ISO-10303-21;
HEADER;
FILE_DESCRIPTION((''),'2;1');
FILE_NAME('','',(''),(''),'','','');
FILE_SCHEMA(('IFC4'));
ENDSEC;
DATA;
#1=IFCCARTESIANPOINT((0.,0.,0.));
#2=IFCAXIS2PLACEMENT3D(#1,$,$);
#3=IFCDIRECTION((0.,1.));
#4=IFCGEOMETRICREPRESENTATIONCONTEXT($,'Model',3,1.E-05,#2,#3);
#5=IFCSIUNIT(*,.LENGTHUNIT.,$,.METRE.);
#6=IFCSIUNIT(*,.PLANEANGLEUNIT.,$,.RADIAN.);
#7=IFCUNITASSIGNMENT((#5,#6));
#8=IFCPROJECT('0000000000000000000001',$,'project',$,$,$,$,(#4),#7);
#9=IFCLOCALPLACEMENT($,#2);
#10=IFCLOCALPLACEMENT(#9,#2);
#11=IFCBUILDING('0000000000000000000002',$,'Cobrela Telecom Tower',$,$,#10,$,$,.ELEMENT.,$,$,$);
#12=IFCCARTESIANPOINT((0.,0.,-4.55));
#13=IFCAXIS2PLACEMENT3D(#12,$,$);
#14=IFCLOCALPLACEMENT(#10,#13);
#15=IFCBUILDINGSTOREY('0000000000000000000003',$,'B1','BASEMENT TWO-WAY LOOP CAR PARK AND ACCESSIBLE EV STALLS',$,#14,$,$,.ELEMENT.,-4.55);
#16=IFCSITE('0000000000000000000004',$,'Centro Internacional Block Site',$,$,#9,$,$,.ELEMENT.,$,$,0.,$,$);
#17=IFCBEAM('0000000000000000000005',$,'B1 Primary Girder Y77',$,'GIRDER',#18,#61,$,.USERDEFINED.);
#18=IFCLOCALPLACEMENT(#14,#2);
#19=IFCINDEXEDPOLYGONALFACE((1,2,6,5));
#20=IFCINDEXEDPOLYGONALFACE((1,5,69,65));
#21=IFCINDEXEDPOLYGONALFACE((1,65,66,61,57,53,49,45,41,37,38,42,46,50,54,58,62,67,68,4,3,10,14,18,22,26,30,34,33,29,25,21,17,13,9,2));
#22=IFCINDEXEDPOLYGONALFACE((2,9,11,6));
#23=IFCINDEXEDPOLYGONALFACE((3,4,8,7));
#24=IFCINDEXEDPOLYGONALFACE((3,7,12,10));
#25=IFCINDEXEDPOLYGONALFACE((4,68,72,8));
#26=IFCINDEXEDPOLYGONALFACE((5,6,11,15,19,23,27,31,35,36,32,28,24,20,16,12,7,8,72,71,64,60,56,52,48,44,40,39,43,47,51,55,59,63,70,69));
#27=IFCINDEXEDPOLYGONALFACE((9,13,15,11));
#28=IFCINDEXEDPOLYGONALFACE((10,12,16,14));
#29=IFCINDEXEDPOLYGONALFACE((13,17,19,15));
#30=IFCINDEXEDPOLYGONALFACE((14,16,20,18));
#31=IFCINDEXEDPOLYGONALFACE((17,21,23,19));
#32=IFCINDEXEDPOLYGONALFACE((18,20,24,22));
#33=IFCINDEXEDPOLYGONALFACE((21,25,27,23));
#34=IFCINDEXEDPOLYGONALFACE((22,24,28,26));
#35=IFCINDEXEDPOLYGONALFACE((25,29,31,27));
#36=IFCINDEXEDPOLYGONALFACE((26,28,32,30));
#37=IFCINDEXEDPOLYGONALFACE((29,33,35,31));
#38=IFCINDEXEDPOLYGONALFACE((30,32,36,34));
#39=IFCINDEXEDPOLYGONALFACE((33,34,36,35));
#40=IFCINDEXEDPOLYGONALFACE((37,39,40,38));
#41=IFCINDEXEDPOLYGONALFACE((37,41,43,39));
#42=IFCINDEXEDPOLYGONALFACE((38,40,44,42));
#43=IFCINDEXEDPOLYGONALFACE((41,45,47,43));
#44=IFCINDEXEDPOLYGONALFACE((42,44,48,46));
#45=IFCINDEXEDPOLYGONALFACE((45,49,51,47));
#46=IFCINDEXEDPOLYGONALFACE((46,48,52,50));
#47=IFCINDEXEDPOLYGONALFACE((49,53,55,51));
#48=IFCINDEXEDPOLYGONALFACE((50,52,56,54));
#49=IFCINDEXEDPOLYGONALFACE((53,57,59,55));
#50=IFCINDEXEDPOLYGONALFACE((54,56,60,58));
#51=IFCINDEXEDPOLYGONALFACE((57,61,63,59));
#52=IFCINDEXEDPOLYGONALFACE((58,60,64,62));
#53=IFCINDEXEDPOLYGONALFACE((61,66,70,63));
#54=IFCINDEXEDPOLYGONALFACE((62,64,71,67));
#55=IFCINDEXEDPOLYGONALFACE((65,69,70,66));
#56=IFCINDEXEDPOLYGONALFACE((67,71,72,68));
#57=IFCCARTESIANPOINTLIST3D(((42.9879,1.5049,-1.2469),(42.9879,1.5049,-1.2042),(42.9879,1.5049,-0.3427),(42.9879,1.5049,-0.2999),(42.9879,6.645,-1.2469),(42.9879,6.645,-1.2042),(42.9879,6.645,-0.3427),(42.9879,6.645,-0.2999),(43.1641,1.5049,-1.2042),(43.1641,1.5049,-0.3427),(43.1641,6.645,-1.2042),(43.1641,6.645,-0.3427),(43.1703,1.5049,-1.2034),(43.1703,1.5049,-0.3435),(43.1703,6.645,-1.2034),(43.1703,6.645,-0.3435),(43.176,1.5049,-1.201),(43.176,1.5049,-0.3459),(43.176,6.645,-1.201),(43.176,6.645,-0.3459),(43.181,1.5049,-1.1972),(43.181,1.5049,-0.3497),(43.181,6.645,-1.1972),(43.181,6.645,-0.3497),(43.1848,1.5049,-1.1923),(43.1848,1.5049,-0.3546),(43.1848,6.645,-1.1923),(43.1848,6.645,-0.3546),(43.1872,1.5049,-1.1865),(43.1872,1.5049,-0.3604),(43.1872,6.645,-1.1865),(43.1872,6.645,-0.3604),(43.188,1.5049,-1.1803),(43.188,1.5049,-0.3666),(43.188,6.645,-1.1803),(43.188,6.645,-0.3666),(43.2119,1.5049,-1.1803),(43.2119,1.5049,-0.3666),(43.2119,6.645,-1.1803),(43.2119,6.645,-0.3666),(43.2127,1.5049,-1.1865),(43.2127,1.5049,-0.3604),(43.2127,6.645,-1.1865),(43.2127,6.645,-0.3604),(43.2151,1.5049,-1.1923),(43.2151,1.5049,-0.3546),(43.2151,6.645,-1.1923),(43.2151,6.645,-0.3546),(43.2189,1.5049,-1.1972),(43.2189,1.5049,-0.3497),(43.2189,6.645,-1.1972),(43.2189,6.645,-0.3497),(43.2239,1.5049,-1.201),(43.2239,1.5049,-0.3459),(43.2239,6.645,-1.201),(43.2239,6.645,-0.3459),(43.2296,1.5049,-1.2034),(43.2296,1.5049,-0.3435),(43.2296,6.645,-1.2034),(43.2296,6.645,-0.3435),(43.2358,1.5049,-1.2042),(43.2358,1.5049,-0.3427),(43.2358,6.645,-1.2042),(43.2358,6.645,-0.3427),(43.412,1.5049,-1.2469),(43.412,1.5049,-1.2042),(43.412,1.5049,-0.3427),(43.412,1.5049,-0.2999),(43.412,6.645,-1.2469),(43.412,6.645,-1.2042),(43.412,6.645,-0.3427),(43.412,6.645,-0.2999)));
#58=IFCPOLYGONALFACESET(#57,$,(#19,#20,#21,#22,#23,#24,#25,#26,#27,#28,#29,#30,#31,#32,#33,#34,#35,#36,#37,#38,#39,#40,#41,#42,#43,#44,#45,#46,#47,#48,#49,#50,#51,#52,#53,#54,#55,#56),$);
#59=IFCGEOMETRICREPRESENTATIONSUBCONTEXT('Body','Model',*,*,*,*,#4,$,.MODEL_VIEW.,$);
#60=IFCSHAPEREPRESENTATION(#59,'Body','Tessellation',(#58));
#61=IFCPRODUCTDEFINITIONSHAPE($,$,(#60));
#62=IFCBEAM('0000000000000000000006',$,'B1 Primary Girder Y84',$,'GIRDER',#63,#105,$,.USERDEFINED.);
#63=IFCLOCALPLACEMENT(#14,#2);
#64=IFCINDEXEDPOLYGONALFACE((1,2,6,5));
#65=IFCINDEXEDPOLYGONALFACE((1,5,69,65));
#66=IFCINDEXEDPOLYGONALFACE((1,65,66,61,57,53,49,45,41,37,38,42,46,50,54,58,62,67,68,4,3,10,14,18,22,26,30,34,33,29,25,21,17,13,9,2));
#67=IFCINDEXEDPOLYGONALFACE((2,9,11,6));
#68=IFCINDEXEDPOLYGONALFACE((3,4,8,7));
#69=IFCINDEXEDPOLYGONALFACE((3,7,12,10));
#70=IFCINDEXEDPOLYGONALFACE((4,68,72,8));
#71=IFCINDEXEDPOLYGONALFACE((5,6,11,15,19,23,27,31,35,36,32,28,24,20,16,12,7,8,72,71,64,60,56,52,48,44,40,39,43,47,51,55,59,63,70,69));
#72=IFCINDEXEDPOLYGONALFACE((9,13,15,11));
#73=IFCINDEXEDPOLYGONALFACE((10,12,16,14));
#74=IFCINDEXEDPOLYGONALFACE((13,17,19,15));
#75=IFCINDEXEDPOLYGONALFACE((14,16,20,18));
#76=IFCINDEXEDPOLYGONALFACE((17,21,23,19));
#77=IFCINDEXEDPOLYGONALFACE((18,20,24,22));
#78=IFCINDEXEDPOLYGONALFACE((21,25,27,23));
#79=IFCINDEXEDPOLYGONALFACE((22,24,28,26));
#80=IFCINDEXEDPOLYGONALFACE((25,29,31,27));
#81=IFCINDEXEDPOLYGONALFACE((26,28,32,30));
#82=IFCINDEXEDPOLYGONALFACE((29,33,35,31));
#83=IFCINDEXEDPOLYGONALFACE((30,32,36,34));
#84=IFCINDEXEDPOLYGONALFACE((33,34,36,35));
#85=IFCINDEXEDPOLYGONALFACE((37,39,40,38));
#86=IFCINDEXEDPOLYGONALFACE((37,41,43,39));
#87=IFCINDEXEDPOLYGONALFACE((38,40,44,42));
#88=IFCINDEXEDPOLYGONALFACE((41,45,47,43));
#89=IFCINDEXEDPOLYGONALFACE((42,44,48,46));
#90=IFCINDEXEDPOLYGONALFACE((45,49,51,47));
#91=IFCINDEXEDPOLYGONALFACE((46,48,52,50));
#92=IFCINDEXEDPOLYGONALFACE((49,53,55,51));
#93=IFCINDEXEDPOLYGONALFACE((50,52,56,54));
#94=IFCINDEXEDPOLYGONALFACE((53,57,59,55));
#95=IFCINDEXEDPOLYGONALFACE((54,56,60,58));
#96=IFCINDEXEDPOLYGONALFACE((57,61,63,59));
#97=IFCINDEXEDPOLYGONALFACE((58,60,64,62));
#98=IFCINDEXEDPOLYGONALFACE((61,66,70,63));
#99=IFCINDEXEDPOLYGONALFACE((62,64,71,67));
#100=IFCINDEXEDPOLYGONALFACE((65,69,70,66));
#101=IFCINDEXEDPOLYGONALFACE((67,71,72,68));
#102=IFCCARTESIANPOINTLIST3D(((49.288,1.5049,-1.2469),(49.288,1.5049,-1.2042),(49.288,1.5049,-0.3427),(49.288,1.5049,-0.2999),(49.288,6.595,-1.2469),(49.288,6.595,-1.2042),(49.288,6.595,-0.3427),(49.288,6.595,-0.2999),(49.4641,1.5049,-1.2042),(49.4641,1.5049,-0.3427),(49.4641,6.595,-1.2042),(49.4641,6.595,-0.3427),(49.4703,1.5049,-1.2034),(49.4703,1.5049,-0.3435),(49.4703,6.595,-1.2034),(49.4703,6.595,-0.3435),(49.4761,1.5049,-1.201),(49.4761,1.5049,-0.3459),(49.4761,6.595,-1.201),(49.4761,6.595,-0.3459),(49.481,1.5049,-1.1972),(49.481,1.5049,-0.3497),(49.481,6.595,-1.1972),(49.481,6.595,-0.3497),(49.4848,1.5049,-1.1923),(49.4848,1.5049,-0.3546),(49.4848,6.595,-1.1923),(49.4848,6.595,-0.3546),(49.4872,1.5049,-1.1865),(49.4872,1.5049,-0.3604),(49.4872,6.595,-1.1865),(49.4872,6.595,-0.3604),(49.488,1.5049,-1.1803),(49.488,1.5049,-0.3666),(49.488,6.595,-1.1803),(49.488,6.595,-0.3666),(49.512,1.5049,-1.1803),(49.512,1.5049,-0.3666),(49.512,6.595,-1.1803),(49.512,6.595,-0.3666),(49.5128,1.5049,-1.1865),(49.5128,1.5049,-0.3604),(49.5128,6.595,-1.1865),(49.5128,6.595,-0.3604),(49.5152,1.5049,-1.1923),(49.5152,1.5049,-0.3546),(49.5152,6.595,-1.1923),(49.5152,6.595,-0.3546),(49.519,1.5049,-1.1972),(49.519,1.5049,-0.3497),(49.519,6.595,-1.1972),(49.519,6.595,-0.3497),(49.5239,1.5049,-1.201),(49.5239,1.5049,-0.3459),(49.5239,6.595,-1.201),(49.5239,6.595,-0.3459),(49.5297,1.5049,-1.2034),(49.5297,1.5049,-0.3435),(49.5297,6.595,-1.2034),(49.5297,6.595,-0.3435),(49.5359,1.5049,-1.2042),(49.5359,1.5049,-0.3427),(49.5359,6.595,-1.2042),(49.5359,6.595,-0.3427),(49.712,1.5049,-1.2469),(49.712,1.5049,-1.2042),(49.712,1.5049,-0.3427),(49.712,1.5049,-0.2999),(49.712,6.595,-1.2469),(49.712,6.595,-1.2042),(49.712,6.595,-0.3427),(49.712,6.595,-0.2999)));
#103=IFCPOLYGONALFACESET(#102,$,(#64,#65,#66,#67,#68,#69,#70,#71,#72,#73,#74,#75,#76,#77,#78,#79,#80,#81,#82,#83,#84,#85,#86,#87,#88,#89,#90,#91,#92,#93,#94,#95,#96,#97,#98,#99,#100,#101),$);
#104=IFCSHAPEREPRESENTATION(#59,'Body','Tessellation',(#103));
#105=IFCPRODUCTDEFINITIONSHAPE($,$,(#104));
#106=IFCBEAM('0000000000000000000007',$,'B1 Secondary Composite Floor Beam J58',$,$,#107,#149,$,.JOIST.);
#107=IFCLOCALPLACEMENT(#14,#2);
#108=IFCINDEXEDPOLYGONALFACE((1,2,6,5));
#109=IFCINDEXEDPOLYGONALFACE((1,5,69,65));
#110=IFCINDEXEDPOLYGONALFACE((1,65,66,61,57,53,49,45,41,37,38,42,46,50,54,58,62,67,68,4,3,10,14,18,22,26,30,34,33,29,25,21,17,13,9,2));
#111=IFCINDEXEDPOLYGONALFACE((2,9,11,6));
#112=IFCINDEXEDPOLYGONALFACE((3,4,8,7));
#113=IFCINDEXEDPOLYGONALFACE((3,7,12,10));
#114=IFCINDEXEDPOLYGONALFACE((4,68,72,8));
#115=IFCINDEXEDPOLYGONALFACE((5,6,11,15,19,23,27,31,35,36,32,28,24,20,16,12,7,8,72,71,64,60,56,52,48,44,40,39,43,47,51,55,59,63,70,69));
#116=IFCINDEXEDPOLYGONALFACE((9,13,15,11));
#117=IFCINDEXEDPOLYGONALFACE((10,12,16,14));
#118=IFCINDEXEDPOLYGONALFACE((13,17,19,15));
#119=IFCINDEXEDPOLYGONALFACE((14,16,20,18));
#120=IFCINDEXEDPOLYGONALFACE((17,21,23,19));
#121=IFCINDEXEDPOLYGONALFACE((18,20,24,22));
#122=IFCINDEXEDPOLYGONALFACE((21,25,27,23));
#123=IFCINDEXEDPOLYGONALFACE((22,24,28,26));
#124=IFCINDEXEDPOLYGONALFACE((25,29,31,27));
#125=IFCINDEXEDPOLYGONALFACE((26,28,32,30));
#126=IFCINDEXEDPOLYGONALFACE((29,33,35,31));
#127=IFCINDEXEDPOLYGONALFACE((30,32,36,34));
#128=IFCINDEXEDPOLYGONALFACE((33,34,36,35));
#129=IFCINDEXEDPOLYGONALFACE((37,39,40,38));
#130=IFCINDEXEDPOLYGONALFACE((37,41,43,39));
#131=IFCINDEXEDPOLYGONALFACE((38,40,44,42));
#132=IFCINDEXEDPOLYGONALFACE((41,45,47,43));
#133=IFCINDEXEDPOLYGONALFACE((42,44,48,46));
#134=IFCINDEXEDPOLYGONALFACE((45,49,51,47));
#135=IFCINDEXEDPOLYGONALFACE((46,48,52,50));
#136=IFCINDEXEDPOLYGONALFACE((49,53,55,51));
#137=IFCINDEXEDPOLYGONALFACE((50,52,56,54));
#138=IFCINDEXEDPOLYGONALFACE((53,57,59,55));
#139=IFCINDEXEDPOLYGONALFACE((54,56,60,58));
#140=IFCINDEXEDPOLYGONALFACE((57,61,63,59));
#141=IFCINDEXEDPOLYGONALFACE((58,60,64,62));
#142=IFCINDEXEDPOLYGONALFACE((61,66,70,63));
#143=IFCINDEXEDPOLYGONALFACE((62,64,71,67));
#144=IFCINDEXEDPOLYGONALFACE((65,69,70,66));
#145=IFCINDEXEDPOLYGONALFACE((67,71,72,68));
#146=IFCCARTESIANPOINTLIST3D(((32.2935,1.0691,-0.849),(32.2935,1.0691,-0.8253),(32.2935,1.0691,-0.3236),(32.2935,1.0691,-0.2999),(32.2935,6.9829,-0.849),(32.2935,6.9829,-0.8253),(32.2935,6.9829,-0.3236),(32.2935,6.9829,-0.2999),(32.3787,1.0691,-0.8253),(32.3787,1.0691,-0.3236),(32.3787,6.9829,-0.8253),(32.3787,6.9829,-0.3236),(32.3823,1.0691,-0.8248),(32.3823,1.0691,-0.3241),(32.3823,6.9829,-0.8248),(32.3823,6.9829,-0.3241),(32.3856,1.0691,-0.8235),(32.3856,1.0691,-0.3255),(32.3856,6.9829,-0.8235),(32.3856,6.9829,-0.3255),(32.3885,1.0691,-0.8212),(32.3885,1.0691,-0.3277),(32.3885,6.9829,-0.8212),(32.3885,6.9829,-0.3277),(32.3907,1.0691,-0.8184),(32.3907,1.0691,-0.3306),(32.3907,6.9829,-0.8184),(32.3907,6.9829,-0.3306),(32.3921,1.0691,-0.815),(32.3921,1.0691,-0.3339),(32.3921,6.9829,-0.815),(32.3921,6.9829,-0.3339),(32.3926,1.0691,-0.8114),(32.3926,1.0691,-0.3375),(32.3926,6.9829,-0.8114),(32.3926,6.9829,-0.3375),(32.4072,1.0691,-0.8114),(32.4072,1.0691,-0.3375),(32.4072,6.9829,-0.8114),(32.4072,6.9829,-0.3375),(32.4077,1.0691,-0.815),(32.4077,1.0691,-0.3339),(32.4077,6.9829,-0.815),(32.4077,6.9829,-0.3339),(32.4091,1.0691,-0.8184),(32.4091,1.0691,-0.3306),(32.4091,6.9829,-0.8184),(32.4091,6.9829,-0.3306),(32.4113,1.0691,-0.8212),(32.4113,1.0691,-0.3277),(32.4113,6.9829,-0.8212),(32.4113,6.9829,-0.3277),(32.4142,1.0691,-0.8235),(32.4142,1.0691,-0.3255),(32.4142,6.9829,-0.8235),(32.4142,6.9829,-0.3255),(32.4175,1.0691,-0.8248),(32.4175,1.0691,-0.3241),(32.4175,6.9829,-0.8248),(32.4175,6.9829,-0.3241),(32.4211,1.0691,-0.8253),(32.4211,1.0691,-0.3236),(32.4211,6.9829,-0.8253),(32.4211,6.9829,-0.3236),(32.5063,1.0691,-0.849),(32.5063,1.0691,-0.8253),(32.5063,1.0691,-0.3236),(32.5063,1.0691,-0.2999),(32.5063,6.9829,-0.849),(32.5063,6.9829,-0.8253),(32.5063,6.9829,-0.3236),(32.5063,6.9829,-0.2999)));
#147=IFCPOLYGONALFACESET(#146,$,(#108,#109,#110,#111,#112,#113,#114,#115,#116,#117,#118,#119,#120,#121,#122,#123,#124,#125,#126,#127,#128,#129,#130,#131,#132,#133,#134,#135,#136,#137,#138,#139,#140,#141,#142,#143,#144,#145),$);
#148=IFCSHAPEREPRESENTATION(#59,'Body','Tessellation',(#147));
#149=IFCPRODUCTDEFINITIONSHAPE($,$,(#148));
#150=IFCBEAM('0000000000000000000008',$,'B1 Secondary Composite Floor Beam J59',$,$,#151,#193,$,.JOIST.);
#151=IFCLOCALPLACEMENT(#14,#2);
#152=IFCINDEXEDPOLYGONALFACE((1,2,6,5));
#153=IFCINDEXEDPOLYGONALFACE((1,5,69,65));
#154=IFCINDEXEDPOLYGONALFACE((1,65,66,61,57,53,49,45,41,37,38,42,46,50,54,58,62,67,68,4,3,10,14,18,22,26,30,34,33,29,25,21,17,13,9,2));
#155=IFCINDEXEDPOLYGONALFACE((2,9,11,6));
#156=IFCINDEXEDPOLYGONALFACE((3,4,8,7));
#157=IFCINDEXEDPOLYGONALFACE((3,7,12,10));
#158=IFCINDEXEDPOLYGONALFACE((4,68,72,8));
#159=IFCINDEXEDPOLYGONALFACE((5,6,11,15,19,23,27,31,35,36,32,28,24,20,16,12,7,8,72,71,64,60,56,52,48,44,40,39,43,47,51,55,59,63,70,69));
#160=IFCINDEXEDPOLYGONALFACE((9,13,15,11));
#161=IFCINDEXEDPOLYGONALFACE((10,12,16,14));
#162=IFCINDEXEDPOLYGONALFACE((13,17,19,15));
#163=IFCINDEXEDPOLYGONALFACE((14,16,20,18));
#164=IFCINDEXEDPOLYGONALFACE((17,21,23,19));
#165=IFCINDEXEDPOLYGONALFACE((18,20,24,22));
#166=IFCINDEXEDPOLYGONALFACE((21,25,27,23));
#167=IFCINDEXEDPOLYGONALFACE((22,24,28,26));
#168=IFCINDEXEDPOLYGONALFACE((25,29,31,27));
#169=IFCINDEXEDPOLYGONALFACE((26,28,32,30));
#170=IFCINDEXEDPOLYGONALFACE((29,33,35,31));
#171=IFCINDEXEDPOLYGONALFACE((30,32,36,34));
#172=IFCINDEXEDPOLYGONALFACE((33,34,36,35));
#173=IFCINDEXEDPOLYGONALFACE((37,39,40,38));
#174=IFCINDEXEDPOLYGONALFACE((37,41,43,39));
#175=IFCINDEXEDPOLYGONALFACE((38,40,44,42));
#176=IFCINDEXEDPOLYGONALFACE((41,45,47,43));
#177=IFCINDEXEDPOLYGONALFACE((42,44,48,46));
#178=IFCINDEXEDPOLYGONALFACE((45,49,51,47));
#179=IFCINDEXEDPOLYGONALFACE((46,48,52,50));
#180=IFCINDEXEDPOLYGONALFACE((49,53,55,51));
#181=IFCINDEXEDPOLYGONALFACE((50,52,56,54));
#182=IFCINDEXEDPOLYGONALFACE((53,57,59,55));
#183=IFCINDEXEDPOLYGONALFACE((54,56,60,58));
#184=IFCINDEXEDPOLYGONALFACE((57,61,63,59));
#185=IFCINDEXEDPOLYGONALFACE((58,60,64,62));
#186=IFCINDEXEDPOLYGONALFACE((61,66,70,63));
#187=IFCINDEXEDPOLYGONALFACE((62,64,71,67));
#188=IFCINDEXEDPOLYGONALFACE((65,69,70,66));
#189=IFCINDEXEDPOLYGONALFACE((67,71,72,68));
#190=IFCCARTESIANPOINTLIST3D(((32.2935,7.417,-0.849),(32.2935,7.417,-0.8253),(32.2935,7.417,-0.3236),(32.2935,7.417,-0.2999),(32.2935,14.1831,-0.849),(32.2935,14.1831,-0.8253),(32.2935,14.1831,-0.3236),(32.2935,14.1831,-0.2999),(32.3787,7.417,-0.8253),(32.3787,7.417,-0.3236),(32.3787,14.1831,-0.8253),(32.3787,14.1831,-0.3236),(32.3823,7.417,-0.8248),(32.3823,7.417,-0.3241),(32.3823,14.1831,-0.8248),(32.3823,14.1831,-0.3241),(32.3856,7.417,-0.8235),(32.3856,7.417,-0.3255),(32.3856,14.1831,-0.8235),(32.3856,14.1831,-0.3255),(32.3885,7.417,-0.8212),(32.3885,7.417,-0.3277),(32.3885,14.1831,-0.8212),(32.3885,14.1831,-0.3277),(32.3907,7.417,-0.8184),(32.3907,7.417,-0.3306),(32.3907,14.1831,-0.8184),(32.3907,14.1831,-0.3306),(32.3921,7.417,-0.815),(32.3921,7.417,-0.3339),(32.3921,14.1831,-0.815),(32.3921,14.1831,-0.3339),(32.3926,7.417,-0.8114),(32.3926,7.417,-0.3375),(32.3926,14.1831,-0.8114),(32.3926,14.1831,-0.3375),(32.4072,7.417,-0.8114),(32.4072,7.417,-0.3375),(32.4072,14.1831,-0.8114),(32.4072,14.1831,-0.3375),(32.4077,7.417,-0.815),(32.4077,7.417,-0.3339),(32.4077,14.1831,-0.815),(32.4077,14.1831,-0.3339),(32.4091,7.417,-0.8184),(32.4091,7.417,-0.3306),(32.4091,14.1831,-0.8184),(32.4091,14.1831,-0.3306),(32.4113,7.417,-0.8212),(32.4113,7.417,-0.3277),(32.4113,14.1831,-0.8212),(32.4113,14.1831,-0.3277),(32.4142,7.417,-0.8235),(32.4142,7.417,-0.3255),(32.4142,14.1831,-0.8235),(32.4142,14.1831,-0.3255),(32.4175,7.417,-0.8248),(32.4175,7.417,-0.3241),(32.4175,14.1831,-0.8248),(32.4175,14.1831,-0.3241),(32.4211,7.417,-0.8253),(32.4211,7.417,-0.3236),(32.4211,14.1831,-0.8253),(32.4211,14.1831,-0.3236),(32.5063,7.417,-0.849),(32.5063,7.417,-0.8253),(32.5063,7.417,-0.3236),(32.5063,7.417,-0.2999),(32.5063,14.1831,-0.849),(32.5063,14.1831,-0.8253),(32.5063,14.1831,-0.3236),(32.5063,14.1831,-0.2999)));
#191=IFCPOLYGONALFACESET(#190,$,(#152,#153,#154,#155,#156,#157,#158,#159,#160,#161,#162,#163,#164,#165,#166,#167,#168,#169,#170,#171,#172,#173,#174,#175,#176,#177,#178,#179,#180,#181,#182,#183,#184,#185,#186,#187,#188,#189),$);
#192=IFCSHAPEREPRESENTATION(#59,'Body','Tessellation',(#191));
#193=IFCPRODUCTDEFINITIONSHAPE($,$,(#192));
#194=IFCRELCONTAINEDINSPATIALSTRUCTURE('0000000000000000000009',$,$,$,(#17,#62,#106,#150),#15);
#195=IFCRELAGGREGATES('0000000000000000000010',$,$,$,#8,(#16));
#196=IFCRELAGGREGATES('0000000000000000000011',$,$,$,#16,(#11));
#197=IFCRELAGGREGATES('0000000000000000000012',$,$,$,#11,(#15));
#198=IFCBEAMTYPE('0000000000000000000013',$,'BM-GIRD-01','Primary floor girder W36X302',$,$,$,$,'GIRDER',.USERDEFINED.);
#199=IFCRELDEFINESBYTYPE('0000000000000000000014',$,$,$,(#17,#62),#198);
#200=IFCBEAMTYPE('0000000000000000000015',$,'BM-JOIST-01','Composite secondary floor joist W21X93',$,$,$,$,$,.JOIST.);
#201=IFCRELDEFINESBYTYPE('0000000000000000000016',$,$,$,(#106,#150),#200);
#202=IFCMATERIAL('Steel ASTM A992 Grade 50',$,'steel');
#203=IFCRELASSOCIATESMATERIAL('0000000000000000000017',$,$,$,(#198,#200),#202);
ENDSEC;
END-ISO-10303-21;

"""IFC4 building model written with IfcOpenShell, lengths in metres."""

from ifc_helpers import new_model, si_unit, direction, frame, origin, origin_2d, place, context, subcontext, project, spatial, i_section, extrude, material, material_profile, profile_set, type_object, element, save


model = new_model("IFC4")

# Units and contexts
model_context = context("Model", 3, precision=1e-05, world=origin(), true_north=direction((0.0, 1.0)))
body_context = subcontext(model_context, "Body", "Model", "MODEL_VIEW")
ifc_project = project(units=[si_unit("LENGTHUNIT", "METRE"), si_unit("PLANEANGLEUNIT", "RADIAN")], contexts=[model_context])

# Site, building, storey
site_placement = place(None, origin())
site = spatial("IfcSite", under=ifc_project, at=site_placement, Name="Centro Internacional Block Site", CompositionType="ELEMENT", RefElevation=0.0)
building_placement = place(site_placement, origin())
building = spatial("IfcBuilding", under=site, at=building_placement, Name="Cobrela Telecom Tower", CompositionType="ELEMENT")
storey_placement = place(building_placement, frame((0.0, 0.0, -4.55)))
storey = spatial("IfcBuildingStorey", under=building, at=storey_placement, Name="B1", Description="BASEMENT TWO-WAY LOOP CAR PARK AND ACCESSIBLE EV STALLS", CompositionType="ELEMENT", Elevation=-4.55)

# Beams
ifc_material_1 = material(Name="Steel ASTM A992 Grade 50", Category="steel")
ifc_material_profile_1 = material_profile(ifc_material_1, i_section(OverallWidth=0.4241, OverallDepth=0.947, WebThickness=0.0239, FlangeThickness=0.0427, FilletRadius=0.0239, at=origin_2d()), Name="W36X302")
ifc_profile_set_1 = profile_set([ifc_material_profile_1], Name="Steel ASTM A992 Grade 50")
beam_type_1 = type_object("IfcBeamType", Name="BM-GIRD-01", Description="Primary floor girder W36X302", ElementType="GIRDER", PredefinedType="USERDEFINED", material=ifc_profile_set_1)
for number, where, z_axis, x_axis, name in (
    (1, (43.2, 1.5049, -0.7734), (0.0, 1.0, 0.0), (-1.0, 0.0, 0.0), "B1 Primary Girder Y77"),
):
    element("IfcBeam", number, at=place(storey_placement, frame(where, z_axis=z_axis, x_axis=x_axis)), inside=storey, type_object=beam_type_1, Name=name, ObjectType="GIRDER", PredefinedType="USERDEFINED", context=body_context, shape_type="SweptSolid", body=[
        extrude(i_section(OverallWidth=0.4241, OverallDepth=0.947, WebThickness=0.0239, FlangeThickness=0.0427, FilletRadius=0.0239, at=origin_2d()), origin(), (0.0, 0.0, 1.0), 5.1401),
    ])
beam_1_placement = place(storey_placement, frame((49.5, 1.5049, -0.7734), z_axis=(0.0, 1.0, 0.0), x_axis=(-1.0, 0.0, 0.0)))
element("IfcBeam", 2, at=beam_1_placement, inside=storey, type_object=beam_type_1, Name="B1 Primary Girder Y84", ObjectType="GIRDER", PredefinedType="USERDEFINED", context=body_context, shape_type="SweptSolid", body=[
    extrude(i_section(OverallWidth=0.4241, OverallDepth=0.947, WebThickness=0.0239, FlangeThickness=0.0427, FilletRadius=0.0239, at=origin_2d()), origin(), (0.0, 0.0, 1.0), 5.0901),
])
ifc_material_profile_2 = material_profile(ifc_material_1, i_section(OverallWidth=0.2129, OverallDepth=0.5491, WebThickness=0.0146, FlangeThickness=0.0237, FilletRadius=0.0139, at=origin_2d()), Name="W21X93")
ifc_profile_set_2 = profile_set([ifc_material_profile_2], Name="Steel ASTM A992 Grade 50")
beam_type_2 = type_object("IfcBeamType", Name="BM-JOIST-01", Description="Composite secondary floor joist W21X93", PredefinedType="JOIST", material=ifc_profile_set_2)
beam_2_placement = place(storey_placement, frame((32.3999, 1.0691, -0.5745), z_axis=(0.0, 1.0, 0.0), x_axis=(-1.0, 0.0, 0.0)))
element("IfcBeam", 3, at=beam_2_placement, inside=storey, type_object=beam_type_2, Name="B1 Secondary Composite Floor Beam J58", PredefinedType="JOIST", context=body_context, shape_type="SweptSolid", body=[
    extrude(i_section(OverallWidth=0.2129, OverallDepth=0.5491, WebThickness=0.0146, FlangeThickness=0.0237, FilletRadius=0.0139, at=origin_2d()), origin(), (0.0, 0.0, 1.0), 5.9138),
])
beam_3_placement = place(storey_placement, frame((32.3999, 7.417, -0.5745), z_axis=(0.0, 1.0, 0.0), x_axis=(-1.0, 0.0, 0.0)))
element("IfcBeam", 4, at=beam_3_placement, inside=storey, type_object=beam_type_2, Name="B1 Secondary Composite Floor Beam J59", PredefinedType="JOIST", context=body_context, shape_type="SweptSolid", body=[
    extrude(i_section(OverallWidth=0.2129, OverallDepth=0.5491, WebThickness=0.0146, FlangeThickness=0.0237, FilletRadius=0.0139, at=origin_2d()), origin(), (0.0, 0.0, 1.0), 6.7661),
])

save(model, "model.ifc")
